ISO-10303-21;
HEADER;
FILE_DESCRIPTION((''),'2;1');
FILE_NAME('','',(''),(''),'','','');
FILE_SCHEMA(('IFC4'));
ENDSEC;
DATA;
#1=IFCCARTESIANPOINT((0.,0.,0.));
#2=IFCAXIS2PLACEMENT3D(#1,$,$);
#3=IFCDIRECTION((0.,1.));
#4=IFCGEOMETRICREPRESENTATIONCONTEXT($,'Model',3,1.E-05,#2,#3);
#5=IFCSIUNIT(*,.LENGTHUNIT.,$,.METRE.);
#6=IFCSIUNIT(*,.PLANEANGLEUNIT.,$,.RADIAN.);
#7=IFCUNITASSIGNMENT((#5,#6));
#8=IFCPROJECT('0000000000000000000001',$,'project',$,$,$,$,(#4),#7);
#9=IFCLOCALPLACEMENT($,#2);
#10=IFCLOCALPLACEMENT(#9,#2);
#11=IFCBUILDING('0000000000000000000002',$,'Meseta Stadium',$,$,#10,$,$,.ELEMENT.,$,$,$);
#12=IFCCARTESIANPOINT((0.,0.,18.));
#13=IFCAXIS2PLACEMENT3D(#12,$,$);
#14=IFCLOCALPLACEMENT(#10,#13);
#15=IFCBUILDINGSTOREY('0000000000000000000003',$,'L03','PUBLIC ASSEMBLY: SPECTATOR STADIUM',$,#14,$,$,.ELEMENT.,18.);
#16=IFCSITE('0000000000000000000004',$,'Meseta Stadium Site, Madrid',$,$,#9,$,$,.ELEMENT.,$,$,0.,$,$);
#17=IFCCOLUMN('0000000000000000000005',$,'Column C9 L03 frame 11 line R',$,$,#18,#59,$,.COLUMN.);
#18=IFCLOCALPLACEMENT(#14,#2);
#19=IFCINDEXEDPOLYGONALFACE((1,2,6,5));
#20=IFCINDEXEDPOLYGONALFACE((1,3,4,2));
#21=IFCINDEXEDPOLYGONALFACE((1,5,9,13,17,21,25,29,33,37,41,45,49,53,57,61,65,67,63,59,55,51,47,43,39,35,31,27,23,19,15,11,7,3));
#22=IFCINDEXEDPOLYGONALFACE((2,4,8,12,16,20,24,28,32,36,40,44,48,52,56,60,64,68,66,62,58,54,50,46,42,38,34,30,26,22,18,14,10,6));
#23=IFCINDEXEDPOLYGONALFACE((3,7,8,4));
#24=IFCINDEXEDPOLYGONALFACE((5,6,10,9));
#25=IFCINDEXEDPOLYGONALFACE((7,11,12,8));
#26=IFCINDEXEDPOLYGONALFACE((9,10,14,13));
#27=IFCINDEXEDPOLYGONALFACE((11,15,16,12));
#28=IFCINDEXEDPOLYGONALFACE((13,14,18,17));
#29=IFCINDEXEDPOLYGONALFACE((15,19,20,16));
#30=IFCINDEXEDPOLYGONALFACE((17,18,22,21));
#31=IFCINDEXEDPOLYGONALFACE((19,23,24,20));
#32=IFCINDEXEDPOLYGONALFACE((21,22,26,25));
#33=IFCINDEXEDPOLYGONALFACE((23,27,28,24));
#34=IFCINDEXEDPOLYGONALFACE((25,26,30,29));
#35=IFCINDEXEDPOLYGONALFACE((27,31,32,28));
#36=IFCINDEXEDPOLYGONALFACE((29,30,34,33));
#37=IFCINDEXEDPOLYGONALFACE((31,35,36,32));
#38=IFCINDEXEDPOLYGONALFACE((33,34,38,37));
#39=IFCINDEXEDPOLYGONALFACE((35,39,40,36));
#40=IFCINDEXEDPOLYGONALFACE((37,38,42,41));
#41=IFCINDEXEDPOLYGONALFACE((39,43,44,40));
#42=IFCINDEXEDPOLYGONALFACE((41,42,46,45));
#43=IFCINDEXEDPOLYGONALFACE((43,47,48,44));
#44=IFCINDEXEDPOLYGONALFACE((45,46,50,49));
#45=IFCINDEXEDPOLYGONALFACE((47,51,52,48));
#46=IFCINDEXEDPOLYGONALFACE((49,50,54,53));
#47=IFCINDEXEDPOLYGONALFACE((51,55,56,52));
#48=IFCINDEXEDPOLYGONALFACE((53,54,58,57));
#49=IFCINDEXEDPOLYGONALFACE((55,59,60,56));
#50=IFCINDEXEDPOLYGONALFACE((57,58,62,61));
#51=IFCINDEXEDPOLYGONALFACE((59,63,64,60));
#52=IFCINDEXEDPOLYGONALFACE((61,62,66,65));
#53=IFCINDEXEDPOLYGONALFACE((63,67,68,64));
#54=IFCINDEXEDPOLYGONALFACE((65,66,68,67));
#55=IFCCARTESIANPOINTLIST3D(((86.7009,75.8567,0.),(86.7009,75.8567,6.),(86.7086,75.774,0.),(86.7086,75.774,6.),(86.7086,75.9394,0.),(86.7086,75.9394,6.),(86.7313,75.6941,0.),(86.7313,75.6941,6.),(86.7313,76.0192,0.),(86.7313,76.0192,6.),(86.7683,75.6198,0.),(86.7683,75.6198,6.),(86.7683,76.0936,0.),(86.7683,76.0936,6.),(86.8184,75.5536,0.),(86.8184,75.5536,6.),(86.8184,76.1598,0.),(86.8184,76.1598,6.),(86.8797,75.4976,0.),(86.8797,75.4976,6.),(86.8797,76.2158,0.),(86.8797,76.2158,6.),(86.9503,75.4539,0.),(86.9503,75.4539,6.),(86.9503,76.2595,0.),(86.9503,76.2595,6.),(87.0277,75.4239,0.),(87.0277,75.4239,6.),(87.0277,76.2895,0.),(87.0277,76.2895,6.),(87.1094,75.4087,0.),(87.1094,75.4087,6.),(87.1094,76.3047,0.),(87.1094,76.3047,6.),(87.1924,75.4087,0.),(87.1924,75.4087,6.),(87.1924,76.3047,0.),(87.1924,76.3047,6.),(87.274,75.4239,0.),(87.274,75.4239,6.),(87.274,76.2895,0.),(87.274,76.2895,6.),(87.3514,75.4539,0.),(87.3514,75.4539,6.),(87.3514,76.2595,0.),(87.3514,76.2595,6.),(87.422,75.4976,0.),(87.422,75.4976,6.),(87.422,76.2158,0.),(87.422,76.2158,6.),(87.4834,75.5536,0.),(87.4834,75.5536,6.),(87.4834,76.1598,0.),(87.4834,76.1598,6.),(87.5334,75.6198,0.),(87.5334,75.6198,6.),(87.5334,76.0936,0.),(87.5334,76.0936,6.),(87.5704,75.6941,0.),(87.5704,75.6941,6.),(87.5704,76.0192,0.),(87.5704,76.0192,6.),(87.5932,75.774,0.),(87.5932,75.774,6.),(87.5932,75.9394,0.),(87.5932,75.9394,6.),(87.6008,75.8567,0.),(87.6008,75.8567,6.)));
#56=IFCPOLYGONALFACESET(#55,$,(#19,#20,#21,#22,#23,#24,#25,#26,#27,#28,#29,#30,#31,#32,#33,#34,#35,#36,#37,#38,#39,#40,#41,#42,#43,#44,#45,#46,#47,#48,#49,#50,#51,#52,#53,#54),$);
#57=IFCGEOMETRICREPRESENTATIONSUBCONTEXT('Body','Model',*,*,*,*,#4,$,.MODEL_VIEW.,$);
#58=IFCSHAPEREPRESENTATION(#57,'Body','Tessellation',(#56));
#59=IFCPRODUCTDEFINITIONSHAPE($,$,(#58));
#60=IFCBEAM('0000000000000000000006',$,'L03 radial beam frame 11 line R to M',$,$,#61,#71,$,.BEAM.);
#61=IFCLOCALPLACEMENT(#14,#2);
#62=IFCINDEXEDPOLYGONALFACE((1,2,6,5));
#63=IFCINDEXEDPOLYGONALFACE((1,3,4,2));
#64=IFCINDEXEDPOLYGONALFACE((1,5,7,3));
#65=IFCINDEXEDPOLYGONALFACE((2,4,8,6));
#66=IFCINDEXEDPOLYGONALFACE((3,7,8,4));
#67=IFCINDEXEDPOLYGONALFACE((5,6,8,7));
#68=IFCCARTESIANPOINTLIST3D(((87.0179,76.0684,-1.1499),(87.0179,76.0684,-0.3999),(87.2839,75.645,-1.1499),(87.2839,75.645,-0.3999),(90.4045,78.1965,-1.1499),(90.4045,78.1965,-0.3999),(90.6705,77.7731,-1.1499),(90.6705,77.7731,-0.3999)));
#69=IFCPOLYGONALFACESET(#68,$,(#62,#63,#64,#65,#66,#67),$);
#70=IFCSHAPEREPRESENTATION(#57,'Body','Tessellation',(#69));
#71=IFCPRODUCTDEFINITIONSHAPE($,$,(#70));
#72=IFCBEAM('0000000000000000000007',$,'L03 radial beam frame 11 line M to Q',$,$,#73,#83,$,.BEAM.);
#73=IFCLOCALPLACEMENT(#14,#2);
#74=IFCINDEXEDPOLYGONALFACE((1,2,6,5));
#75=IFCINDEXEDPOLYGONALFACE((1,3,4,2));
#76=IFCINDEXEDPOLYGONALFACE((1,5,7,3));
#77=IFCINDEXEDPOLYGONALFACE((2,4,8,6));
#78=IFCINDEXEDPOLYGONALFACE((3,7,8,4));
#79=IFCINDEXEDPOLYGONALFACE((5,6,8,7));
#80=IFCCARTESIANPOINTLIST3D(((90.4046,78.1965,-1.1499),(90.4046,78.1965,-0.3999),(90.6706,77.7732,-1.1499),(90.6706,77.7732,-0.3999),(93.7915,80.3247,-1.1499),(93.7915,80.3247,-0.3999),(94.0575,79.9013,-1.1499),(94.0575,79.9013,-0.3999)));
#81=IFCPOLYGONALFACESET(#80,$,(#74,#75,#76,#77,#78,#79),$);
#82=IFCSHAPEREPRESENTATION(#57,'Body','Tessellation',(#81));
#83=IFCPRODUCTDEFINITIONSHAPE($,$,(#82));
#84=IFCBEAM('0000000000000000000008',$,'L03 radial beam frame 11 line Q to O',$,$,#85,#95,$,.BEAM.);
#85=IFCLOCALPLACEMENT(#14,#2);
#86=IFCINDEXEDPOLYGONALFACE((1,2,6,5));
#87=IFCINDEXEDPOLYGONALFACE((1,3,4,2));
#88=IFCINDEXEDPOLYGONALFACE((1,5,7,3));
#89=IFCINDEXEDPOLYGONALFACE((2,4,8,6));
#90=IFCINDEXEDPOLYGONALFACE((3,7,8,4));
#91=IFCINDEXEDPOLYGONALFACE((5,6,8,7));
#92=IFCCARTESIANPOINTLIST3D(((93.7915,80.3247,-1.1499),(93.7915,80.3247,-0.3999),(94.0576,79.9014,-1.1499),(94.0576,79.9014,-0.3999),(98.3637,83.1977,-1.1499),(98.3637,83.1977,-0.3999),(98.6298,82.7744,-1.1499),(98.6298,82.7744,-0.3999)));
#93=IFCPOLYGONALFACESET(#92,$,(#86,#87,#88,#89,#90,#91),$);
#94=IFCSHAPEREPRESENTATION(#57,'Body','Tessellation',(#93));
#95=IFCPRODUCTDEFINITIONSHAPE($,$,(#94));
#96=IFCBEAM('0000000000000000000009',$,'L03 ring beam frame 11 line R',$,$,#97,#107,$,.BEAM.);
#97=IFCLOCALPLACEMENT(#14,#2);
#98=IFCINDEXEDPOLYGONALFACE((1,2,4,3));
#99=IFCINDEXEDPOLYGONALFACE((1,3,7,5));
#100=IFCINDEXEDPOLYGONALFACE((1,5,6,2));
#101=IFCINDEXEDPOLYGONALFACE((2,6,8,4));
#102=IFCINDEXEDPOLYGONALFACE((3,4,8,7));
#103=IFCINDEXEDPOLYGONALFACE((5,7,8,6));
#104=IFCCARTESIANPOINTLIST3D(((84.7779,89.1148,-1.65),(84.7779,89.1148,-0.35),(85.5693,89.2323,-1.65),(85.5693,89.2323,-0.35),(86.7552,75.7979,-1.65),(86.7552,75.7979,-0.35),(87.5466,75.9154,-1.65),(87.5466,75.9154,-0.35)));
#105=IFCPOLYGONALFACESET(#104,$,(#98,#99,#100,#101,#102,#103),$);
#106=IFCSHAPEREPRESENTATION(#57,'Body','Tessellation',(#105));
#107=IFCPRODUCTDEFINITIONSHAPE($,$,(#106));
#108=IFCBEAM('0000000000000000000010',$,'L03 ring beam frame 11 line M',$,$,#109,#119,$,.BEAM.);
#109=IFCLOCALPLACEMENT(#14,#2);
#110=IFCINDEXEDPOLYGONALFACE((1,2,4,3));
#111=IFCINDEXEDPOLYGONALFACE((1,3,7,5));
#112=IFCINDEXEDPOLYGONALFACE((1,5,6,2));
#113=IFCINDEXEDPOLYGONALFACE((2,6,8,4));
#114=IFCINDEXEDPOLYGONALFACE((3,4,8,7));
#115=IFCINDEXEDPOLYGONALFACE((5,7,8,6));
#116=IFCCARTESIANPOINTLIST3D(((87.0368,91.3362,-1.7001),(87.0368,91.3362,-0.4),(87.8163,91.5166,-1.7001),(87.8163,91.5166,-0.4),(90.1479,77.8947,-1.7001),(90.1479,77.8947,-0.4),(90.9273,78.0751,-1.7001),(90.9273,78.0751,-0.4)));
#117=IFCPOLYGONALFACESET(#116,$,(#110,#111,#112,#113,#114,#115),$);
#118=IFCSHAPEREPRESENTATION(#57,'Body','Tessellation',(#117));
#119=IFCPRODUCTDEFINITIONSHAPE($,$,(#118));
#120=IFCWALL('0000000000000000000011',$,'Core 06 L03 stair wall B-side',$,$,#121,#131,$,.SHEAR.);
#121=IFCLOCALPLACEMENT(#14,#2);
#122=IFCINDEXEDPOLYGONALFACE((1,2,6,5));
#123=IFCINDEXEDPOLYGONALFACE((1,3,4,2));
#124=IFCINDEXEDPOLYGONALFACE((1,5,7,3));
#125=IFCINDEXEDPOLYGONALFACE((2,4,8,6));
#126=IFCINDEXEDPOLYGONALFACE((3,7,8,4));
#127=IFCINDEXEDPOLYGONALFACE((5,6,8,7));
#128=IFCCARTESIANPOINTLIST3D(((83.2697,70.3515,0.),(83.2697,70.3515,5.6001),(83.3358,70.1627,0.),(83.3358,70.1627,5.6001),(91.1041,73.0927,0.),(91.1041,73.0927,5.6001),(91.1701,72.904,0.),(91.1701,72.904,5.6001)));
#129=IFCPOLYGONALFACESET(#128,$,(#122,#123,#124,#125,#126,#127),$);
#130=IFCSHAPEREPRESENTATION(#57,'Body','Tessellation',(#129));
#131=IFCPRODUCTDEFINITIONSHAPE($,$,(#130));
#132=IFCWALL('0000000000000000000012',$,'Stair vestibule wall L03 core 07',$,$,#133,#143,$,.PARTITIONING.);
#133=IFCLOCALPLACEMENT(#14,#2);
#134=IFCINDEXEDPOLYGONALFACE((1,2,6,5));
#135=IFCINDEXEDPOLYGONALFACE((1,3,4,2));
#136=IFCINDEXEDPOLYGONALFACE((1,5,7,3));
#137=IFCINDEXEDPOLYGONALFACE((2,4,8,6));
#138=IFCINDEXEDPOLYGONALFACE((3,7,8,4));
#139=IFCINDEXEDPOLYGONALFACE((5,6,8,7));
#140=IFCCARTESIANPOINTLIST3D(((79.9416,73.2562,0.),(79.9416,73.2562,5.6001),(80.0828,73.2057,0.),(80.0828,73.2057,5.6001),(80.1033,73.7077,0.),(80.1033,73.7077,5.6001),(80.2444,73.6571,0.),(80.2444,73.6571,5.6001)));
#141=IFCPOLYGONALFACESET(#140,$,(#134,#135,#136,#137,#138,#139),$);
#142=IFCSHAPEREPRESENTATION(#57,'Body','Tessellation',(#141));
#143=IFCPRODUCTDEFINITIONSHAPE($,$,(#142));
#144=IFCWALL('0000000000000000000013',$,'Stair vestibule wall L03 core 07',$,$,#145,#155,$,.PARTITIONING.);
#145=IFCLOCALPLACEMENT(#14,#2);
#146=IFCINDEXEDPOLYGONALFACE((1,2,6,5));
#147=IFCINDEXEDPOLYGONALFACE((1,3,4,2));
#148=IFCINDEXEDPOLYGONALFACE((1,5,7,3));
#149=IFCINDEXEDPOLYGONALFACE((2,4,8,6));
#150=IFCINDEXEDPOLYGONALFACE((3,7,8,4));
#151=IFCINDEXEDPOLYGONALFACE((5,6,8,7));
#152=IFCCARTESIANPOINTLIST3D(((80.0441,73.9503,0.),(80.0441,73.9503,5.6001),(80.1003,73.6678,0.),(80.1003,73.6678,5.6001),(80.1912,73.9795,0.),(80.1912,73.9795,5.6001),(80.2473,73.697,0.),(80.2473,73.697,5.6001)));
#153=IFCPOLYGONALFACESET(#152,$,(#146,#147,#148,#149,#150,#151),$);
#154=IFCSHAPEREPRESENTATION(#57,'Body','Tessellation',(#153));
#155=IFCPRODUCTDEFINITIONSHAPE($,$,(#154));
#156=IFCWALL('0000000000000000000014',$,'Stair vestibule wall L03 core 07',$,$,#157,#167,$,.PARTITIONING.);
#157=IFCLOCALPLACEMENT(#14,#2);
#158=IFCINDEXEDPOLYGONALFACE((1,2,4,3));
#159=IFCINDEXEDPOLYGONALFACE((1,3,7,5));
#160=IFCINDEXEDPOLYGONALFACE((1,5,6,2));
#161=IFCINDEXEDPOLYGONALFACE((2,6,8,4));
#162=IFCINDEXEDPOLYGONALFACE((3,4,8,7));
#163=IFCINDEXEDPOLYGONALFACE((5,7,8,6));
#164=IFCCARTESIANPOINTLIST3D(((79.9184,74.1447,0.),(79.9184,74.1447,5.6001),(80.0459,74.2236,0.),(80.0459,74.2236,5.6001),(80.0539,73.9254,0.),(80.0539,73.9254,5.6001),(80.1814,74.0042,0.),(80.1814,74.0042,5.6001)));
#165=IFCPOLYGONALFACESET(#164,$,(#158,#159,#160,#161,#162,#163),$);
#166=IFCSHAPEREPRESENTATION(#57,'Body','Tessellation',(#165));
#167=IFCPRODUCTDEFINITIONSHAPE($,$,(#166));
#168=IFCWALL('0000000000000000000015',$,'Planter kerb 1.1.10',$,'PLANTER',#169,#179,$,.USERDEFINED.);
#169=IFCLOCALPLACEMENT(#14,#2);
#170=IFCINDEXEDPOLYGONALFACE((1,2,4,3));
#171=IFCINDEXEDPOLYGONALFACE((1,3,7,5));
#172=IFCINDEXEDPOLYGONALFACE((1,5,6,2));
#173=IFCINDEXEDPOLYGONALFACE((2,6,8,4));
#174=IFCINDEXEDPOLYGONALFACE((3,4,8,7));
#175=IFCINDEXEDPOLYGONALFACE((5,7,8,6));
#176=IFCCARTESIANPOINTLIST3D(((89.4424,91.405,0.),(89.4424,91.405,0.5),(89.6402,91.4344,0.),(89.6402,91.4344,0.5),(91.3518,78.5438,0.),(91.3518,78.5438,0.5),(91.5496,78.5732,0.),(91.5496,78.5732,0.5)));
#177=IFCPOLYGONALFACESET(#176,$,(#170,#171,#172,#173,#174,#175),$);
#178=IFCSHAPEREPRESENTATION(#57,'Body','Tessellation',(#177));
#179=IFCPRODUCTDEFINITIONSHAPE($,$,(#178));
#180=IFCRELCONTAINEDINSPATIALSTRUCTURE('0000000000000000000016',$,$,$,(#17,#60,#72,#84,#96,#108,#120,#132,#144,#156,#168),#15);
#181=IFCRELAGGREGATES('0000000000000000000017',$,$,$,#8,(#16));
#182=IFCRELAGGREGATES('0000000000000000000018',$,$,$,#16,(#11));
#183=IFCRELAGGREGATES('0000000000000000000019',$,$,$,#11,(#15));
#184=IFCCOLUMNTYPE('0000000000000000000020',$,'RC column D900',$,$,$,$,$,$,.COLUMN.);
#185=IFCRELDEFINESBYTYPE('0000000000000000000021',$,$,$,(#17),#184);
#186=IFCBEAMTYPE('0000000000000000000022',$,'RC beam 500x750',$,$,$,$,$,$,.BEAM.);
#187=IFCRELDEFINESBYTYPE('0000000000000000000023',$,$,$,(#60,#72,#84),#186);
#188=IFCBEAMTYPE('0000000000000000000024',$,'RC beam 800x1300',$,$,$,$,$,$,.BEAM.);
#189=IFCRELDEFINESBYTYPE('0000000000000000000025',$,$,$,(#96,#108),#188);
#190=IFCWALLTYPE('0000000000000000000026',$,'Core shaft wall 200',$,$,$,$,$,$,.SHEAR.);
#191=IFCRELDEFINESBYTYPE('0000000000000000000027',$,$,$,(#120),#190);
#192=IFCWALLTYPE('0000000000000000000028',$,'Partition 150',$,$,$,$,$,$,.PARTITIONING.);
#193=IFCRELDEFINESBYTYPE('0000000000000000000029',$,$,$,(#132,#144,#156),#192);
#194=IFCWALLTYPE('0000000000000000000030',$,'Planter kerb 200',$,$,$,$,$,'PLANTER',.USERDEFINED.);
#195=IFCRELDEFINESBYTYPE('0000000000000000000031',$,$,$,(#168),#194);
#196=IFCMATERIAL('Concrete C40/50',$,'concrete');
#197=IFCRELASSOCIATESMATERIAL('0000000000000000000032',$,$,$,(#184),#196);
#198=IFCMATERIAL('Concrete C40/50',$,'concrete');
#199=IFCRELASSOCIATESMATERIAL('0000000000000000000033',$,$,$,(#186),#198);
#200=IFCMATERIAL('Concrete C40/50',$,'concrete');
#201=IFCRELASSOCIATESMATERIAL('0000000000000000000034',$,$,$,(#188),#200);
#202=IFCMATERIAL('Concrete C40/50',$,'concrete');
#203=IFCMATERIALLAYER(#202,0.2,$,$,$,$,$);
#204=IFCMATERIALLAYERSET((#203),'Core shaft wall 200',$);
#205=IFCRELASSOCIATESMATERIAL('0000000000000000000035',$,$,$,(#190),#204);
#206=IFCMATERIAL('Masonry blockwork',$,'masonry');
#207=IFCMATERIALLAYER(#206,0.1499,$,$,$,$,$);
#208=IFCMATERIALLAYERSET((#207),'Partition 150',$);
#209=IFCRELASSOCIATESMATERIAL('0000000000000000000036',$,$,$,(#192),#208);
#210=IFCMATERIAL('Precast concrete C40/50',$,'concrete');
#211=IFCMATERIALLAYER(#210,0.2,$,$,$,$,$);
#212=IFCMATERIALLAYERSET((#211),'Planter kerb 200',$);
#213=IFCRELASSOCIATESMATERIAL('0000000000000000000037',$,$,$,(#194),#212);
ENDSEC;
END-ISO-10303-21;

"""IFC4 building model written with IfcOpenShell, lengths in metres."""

from ifc_helpers import new_model, si_unit, direction, frame, frame_2d, origin, origin_2d, place, context, subcontext, project, spatial, rectangle, circle, extrude, material, layer, layer_set, material_profile, profile_set, type_object, element, save


model = new_model("IFC4")

# Units and contexts
model_context = context("Model", 3, precision=1e-05, world=origin(), true_north=direction((0.0, 1.0)))
body_context = subcontext(model_context, "Body", "Model", "MODEL_VIEW")
ifc_project = project(units=[si_unit("LENGTHUNIT", "METRE"), si_unit("PLANEANGLEUNIT", "RADIAN")], contexts=[model_context])

# Site, building, storey
site_placement = place(None, origin())
site = spatial("IfcSite", under=ifc_project, at=site_placement, Name="Meseta Stadium Site, Madrid", CompositionType="ELEMENT", RefElevation=0.0)
building_placement = place(site_placement, origin())
building = spatial("IfcBuilding", under=site, at=building_placement, Name="Meseta Stadium", CompositionType="ELEMENT")
storey_placement = place(building_placement, frame((0.0, 0.0, 18.0)))
storey = spatial("IfcBuildingStorey", under=building, at=storey_placement, Name="L03", Description="PUBLIC ASSEMBLY: SPECTATOR STADIUM", CompositionType="ELEMENT", Elevation=18.0)

# Column
ifc_material_1 = material(Name="Concrete C40/50", Category="concrete")
ifc_material_profile_1 = material_profile(ifc_material_1, circle(Radius=0.45, at=origin_2d()), Name="RC D900")
ifc_profile_set_1 = profile_set([ifc_material_profile_1], Name="Concrete C40/50")
column_type = type_object("IfcColumnType", Name="RC column D900", PredefinedType="COLUMN", material=ifc_profile_set_1)
column_placement = place(storey_placement, frame((87.1509, 75.8567, 0.0), z_axis=(0.0, 0.0, 1.0), x_axis=(1.0, 0.0, 0.0)))
element("IfcColumn", 1, at=column_placement, inside=storey, type_object=column_type, Name="Column C9 L03 frame 11 line R", PredefinedType="COLUMN", context=body_context, shape_type="SweptSolid", body=[
    extrude(circle(Radius=0.45, at=origin_2d()), origin(), (0.0, 0.0, 1.0), 6.0),
])

# Beams
ifc_material_2 = material(Name="Concrete C40/50", Category="concrete")
ifc_material_profile_2 = material_profile(ifc_material_2, rectangle(XDim=0.5, YDim=0.75, at=origin_2d()), Name="RC 500x750")
ifc_profile_set_2 = profile_set([ifc_material_profile_2], Name="Concrete C40/50")
beam_type_1 = type_object("IfcBeamType", Name="RC beam 500x750", PredefinedType="BEAM", material=ifc_profile_set_2)
beam_1_placement = place(storey_placement, frame((87.1509, 75.8567, -0.7749), z_axis=(0.846706, 0.53206, 0.0), x_axis=(-0.53206, 0.846706, 0.0)))
element("IfcBeam", 2, at=beam_1_placement, inside=storey, type_object=beam_type_1, Name="L03 radial beam frame 11 line R to M", PredefinedType="BEAM", context=body_context, shape_type="SweptSolid", body=[
    extrude(rectangle(XDim=0.5, YDim=0.75, at=origin_2d()), origin(), (0.0, 0.0, 1.0), 3.9998),
])
beam_2_placement = place(storey_placement, frame((90.5376, 77.9849, -0.7749), z_axis=(0.846724, 0.532033, 0.0), x_axis=(-0.532033, 0.846724, 0.0)))
element("IfcBeam", 3, at=beam_2_placement, inside=storey, type_object=beam_type_1, Name="L03 radial beam frame 11 line M to Q", PredefinedType="BEAM", context=body_context, shape_type="SweptSolid", body=[
    extrude(rectangle(XDim=0.5, YDim=0.75, at=origin_2d()), origin(), (0.0, 0.0, 1.0), 4.0),
])
beam_3_placement = place(storey_placement, frame((93.9246, 80.113, -0.7749), z_axis=(0.846716, 0.532046, 0.0), x_axis=(-0.532046, 0.846716, 0.0)))
element("IfcBeam", 4, at=beam_3_placement, inside=storey, type_object=beam_type_1, Name="L03 radial beam frame 11 line Q to O", PredefinedType="BEAM", context=body_context, shape_type="SweptSolid", body=[
    extrude(rectangle(XDim=0.5, YDim=0.75, at=origin_2d()), origin(), (0.0, 0.0, 1.0), 5.3999),
])
ifc_material_3 = material(Name="Concrete C40/50", Category="concrete")
ifc_material_profile_3 = material_profile(ifc_material_3, rectangle(XDim=0.8, YDim=1.3, at=origin_2d()), Name="RC 800x1300")
ifc_profile_set_3 = profile_set([ifc_material_profile_3], Name="Concrete C40/50")
beam_type_2 = type_object("IfcBeamType", Name="RC beam 800x1300", PredefinedType="BEAM", material=ifc_profile_set_3)
beam_4_placement = place(storey_placement, frame((87.1509, 75.8567, -1.0), z_axis=(-0.14687, 0.989156, 0.0), x_axis=(-0.989156, -0.14687, 0.0)))
element("IfcBeam", 5, at=beam_4_placement, inside=storey, type_object=beam_type_2, Name="L03 ring beam frame 11 line R", PredefinedType="BEAM", context=body_context, shape_type="SweptSolid", body=[
    extrude(rectangle(XDim=0.8, YDim=1.3, at=origin_2d()), origin(), (0.0, 0.0, 1.0), 13.4629),
])
beam_5_placement = place(storey_placement, frame((90.5376, 77.9849, -1.05), z_axis=(-0.22549, 0.974245, 0.0), x_axis=(-0.974245, -0.22549, 0.0)))
element("IfcBeam", 6, at=beam_5_placement, inside=storey, type_object=beam_type_2, Name="L03 ring beam frame 11 line M", PredefinedType="BEAM", context=body_context, shape_type="SweptSolid", body=[
    extrude(rectangle(XDim=0.8, YDim=1.3, at=origin_2d()), origin(), (0.0, 0.0, 1.0), 13.7969),
])

# Walls
ifc_material_4 = material(Name="Concrete C40/50", Category="concrete")
ifc_layer_1 = layer(ifc_material_4, 0.2)
ifc_layer_set_1 = layer_set([ifc_layer_1], Name="Core shaft wall 200")
wall_type_1 = type_object("IfcWallType", Name="Core shaft wall 200", PredefinedType="SHEAR", material=ifc_layer_set_1)
wall_1_placement = place(storey_placement, frame((91.137, 72.9983, 0.0), z_axis=(0.0, 0.0, 1.0), x_axis=(-0.943887, -0.330268, 0.0)))
element("IfcWall", 7, at=wall_1_placement, inside=storey, type_object=wall_type_1, Name="Core 06 L03 stair wall B-side", PredefinedType="SHEAR", context=body_context, shape_type="SweptSolid", body=[
    extrude(rectangle(XDim=8.3, YDim=0.2, at=frame_2d((4.1499, 0.0))), origin(), (0.0, 0.0, 1.0), 5.6001),
])
ifc_material_5 = material(Name="Masonry blockwork", Category="masonry")
ifc_layer_2 = layer(ifc_material_5, 0.1499)
ifc_layer_set_2 = layer_set([ifc_layer_2], Name="Partition 150")
wall_type_2 = type_object("IfcWallType", Name="Partition 150", PredefinedType="PARTITIONING", material=ifc_layer_set_2)
wall_2_placement = place(storey_placement, frame((80.0122, 73.231, 0.0), z_axis=(0.0, 0.0, 1.0), x_axis=(0.337078, 0.941477, 0.0)))
element("IfcWall", 8, at=wall_2_placement, inside=storey, type_object=wall_type_2, Name="Stair vestibule wall L03 core 07", PredefinedType="PARTITIONING", context=body_context, shape_type="SweptSolid", body=[
    extrude(rectangle(XDim=0.4795, YDim=0.1499, at=frame_2d((0.2397, 0.0))), origin(), (0.0, 0.0, 1.0), 5.6001),
])
wall_3_placement = place(storey_placement, frame((80.1738, 73.6824, 0.0), z_axis=(0.0, 0.0, 1.0), x_axis=(-0.194975, 0.980808, 0.0)))
element("IfcWall", 9, at=wall_3_placement, inside=storey, type_object=wall_type_2, Name="Stair vestibule wall L03 core 07", PredefinedType="PARTITIONING", context=body_context, shape_type="SweptSolid", body=[
    extrude(rectangle(XDim=0.2881, YDim=0.1499, at=frame_2d((0.144, 0.0))), origin(), (0.0, 0.0, 1.0), 5.6001),
])
wall_4_placement = place(storey_placement, frame((80.1177, 73.9648, 0.0), z_axis=(0.0, 0.0, 1.0), x_axis=(-0.525735, 0.850648, 0.0)))
element("IfcWall", 10, at=wall_4_placement, inside=storey, type_object=wall_type_2, Name="Stair vestibule wall L03 core 07", PredefinedType="PARTITIONING", context=body_context, shape_type="SweptSolid", body=[
    extrude(rectangle(XDim=0.2578, YDim=0.1499, at=frame_2d((0.1289, 0.0))), origin(), (0.0, 0.0, 1.0), 5.6001),
])
ifc_material_6 = material(Name="Precast concrete C40/50", Category="concrete")
ifc_layer_3 = layer(ifc_material_6, 0.2)
ifc_layer_set_3 = layer_set([ifc_layer_3], Name="Planter kerb 200")
wall_type_3 = type_object("IfcWallType", Name="Planter kerb 200", ElementType="PLANTER", PredefinedType="USERDEFINED", material=ifc_layer_set_3)
wall_5_placement = place(storey_placement, frame((91.4507, 78.5586, 0.0), z_axis=(0.0, 0.0, 1.0), x_axis=(-0.146853, 0.989158, 0.0)))
element("IfcWall", 11, at=wall_5_placement, inside=storey, type_object=wall_type_3, Name="Planter kerb 1.1.10", ObjectType="PLANTER", PredefinedType="USERDEFINED", context=body_context, shape_type="SweptSolid", body=[
    extrude(rectangle(XDim=13.0022, YDim=0.2, at=frame_2d((6.501, 0.0))), origin(), (0.0, 0.0, 1.0), 0.5),
])

save(model, "model.ifc")
